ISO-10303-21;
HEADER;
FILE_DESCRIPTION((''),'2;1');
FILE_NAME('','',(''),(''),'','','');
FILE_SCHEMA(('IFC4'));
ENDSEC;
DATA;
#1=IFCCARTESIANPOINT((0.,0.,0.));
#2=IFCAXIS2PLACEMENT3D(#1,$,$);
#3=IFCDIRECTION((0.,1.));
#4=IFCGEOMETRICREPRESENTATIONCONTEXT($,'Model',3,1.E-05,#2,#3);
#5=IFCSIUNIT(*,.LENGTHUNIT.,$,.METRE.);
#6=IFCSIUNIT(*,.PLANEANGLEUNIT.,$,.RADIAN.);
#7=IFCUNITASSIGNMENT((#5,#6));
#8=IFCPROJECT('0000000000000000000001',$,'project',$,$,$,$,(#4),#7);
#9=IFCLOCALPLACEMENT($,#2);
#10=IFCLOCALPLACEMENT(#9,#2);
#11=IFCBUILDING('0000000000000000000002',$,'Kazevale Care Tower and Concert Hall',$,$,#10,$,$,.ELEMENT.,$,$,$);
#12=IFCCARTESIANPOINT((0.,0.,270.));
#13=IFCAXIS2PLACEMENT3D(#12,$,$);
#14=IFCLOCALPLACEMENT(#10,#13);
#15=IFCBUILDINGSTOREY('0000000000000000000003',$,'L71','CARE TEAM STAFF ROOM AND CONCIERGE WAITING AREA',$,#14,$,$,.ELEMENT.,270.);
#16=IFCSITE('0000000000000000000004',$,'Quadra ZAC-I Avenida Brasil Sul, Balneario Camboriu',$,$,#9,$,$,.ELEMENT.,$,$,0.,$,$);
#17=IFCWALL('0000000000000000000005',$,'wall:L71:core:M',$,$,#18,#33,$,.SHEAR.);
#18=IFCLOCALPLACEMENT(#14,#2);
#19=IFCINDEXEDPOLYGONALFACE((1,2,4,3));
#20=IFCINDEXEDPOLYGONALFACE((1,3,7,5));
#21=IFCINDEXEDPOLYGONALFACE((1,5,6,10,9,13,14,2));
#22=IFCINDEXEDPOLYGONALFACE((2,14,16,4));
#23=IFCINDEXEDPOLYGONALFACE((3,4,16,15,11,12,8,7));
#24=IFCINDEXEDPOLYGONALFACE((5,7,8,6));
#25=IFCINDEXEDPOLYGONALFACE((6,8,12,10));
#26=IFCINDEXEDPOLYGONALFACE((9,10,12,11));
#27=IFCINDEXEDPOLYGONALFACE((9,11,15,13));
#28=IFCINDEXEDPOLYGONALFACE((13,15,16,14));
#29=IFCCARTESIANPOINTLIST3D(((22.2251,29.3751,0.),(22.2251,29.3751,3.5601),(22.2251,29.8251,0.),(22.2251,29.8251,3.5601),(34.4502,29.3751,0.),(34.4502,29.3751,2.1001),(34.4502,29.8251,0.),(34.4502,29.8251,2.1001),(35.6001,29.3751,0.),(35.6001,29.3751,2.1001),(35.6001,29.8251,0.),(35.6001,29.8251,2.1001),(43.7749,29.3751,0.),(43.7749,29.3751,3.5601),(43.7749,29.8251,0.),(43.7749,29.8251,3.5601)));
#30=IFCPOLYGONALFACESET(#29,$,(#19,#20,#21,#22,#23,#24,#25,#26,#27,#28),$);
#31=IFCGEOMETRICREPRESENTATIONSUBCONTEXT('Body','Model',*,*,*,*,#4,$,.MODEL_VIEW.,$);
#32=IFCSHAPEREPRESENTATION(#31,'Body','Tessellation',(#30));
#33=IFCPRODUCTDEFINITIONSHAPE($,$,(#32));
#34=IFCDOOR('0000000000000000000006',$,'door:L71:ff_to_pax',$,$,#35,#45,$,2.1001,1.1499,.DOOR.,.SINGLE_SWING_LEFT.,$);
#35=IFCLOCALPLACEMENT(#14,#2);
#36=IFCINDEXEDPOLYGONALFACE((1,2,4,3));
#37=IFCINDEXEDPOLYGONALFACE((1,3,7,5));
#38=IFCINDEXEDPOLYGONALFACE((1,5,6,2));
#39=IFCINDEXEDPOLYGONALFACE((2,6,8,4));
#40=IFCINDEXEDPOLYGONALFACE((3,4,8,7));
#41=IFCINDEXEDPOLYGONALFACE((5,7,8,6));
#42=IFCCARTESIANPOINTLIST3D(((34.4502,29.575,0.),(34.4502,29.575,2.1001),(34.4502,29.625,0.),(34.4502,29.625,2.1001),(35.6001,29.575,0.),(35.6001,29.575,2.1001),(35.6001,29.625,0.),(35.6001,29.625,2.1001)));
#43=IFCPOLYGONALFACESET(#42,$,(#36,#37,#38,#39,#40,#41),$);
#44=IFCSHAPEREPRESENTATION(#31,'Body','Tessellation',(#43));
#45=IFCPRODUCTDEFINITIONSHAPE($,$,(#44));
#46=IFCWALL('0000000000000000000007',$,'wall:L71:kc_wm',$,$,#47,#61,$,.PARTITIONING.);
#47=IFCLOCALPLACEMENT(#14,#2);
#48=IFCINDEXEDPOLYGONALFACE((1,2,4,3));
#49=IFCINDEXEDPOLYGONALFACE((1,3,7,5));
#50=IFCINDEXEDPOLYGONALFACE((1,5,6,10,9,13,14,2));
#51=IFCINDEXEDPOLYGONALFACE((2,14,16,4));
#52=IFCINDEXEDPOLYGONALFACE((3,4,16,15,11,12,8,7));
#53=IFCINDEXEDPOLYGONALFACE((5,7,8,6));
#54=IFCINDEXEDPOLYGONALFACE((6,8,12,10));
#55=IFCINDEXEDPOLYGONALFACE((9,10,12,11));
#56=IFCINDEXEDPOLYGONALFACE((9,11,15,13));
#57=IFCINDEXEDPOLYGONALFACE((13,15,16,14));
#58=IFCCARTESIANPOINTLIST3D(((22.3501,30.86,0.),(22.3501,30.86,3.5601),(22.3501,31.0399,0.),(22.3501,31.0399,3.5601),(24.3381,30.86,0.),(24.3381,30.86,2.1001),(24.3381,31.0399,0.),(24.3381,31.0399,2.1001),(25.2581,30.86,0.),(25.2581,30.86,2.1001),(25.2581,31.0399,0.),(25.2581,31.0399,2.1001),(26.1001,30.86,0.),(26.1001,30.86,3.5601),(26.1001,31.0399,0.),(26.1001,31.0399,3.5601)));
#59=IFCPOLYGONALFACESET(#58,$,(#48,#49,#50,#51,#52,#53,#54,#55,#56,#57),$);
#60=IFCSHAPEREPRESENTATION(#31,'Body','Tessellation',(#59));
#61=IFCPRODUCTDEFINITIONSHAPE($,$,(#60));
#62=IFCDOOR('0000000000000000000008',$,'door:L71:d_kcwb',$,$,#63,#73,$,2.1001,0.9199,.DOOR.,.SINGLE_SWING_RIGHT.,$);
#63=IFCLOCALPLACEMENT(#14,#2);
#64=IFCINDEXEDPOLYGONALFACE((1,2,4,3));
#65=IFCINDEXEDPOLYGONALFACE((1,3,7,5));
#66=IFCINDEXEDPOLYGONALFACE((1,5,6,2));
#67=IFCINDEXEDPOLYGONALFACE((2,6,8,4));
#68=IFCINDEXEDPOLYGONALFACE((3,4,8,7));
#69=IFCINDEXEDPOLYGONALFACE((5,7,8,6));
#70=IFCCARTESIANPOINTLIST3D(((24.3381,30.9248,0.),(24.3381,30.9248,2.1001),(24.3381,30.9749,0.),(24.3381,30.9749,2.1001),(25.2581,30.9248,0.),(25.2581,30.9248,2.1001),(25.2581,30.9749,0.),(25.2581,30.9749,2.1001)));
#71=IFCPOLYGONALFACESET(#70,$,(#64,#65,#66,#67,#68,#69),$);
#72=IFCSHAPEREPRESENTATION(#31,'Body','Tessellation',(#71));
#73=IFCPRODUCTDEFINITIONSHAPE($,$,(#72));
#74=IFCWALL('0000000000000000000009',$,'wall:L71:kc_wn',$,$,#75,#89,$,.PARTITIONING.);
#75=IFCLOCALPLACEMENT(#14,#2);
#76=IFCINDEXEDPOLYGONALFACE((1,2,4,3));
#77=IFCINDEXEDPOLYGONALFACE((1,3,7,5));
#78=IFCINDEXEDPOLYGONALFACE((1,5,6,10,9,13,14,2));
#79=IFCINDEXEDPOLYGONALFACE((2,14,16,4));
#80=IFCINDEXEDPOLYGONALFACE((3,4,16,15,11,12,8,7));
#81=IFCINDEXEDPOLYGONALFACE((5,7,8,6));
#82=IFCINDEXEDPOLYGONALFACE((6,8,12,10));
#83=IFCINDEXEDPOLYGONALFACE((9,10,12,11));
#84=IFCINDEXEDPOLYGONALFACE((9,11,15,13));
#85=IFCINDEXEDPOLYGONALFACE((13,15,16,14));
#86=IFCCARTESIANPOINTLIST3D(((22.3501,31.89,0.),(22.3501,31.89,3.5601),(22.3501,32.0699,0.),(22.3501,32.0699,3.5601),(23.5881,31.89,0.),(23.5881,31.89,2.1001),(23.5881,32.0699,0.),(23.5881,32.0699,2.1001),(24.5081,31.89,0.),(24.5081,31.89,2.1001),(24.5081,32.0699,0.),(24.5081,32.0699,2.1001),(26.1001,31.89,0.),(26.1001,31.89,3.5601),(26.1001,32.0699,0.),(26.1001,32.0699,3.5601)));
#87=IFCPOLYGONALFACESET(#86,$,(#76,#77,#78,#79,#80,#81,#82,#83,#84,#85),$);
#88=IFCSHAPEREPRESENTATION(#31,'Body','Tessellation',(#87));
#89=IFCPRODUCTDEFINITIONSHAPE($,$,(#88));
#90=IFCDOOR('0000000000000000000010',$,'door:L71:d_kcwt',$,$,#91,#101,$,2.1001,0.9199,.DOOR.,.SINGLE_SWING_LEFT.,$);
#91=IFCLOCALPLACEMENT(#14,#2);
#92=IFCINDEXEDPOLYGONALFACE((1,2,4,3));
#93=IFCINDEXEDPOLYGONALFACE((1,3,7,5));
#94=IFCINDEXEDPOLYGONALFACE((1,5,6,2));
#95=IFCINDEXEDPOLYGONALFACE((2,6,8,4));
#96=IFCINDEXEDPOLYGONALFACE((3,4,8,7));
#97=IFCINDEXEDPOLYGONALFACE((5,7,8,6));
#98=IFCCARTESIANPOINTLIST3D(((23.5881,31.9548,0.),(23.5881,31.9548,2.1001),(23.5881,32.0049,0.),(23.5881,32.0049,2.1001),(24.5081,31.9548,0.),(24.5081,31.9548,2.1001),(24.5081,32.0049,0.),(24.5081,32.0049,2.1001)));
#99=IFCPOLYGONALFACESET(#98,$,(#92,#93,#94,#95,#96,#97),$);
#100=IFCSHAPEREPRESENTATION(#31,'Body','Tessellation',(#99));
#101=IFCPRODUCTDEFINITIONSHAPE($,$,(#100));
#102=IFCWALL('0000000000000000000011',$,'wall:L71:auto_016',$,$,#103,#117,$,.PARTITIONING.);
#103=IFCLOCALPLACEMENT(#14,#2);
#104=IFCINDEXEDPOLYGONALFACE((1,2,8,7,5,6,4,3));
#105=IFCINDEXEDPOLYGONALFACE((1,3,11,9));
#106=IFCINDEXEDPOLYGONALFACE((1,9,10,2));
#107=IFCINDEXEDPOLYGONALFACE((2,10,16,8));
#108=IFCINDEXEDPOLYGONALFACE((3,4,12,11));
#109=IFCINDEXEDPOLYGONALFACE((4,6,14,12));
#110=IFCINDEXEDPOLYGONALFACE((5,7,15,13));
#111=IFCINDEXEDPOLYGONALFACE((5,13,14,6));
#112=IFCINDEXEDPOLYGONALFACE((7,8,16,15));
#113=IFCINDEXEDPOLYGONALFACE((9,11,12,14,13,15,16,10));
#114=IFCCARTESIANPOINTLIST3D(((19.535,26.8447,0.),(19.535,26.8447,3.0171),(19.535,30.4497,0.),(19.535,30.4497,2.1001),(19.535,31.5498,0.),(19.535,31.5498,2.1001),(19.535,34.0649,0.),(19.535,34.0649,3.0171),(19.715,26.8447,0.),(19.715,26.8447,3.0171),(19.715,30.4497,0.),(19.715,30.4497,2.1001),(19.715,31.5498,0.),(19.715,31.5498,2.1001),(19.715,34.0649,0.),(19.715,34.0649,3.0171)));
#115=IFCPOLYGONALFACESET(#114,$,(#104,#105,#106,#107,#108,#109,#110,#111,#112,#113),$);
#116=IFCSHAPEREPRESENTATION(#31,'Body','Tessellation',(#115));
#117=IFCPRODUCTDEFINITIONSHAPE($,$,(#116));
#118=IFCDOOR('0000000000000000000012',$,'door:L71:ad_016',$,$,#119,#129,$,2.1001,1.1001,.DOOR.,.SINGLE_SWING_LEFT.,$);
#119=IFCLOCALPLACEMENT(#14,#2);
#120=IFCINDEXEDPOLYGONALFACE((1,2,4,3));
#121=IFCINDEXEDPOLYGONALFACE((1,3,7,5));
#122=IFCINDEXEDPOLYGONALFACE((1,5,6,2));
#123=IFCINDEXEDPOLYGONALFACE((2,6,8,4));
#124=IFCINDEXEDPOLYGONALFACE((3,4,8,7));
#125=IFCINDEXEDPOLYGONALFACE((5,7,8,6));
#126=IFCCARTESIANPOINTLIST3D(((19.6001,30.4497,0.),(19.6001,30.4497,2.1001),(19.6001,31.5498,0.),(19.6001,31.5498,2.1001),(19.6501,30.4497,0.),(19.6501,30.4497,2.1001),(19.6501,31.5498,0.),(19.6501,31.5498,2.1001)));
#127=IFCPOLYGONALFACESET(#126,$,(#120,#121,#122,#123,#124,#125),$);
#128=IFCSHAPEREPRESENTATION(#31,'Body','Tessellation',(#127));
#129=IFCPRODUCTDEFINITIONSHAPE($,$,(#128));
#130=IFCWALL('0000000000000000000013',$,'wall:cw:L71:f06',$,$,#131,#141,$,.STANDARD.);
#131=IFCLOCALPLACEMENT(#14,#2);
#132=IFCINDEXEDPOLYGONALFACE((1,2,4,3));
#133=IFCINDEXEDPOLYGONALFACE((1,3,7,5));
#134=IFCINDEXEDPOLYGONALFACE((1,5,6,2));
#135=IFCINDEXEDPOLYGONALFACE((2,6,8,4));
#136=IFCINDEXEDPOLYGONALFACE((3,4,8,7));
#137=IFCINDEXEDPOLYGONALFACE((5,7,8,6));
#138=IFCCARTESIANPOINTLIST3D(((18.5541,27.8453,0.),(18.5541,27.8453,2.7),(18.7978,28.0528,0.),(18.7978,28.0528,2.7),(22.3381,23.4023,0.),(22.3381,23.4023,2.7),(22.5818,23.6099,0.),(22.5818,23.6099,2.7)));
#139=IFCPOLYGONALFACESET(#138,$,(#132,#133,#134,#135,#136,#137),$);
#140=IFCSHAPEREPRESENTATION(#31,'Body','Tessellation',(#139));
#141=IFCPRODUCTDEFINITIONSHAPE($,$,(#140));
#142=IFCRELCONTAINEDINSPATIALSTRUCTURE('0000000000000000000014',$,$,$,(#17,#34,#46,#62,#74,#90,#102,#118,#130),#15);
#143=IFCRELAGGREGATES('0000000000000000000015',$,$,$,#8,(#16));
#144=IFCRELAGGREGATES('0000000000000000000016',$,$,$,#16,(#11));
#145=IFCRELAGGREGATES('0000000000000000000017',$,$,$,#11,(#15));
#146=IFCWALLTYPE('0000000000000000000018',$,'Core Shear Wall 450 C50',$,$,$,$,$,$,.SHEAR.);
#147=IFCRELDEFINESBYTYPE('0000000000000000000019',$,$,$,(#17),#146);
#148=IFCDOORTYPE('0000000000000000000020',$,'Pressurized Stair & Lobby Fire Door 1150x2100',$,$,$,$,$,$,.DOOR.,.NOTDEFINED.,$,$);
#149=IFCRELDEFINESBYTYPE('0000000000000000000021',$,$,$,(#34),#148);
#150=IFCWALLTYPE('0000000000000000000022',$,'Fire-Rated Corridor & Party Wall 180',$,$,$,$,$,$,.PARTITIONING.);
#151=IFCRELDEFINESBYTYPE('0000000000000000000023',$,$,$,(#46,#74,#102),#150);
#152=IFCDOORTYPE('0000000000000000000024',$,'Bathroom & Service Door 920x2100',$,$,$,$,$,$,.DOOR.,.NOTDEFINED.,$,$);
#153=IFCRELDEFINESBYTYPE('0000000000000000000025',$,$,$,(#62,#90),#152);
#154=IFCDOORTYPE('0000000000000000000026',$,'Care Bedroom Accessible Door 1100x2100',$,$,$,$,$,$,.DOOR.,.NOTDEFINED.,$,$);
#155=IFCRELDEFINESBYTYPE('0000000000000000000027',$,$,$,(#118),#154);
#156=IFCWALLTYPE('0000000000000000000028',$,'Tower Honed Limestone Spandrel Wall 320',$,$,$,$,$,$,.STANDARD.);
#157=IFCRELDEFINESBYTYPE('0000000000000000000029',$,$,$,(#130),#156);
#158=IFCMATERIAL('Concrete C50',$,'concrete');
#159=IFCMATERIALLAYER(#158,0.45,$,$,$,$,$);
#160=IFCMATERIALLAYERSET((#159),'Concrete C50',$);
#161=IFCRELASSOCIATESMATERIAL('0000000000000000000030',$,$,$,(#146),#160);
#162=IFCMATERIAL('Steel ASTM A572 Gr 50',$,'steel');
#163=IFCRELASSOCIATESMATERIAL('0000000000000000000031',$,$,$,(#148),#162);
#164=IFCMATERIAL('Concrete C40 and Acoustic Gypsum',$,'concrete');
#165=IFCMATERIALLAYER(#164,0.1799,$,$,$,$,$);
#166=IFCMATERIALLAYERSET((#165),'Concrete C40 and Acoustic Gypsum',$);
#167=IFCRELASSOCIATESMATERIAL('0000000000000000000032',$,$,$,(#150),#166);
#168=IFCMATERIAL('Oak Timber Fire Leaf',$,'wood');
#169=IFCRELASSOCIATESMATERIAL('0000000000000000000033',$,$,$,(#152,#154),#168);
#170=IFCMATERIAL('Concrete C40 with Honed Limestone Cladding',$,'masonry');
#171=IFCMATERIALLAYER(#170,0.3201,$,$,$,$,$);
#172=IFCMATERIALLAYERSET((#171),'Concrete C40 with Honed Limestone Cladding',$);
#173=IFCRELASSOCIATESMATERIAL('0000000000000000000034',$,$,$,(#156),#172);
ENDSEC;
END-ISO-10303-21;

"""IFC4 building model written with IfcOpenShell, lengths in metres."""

from ifc_helpers import new_model, si_unit, direction, frame, frame_2d, origin, place, context, subcontext, project, spatial, rectangle, extrude, material, layer, layer_set, type_object, element, fill, save


model = new_model("IFC4")

# Units and contexts
model_context = context("Model", 3, precision=1e-05, world=origin(), true_north=direction((0.0, 1.0)))
body_context = subcontext(model_context, "Body", "Model", "MODEL_VIEW")
ifc_project = project(units=[si_unit("LENGTHUNIT", "METRE"), si_unit("PLANEANGLEUNIT", "RADIAN")], contexts=[model_context])

# Site, building, storey
site_placement = place(None, origin())
site = spatial("IfcSite", under=ifc_project, at=site_placement, Name="Quadra ZAC-I Avenida Brasil Sul, Balneario Camboriu", CompositionType="ELEMENT", RefElevation=0.0)
building_placement = place(site_placement, origin())
building = spatial("IfcBuilding", under=site, at=building_placement, Name="Kazevale Care Tower and Concert Hall", CompositionType="ELEMENT")
storey_placement = place(building_placement, frame((0.0, 0.0, 270.0)))
storey = spatial("IfcBuildingStorey", under=building, at=storey_placement, Name="L71", Description="CARE TEAM STAFF ROOM AND CONCIERGE WAITING AREA", CompositionType="ELEMENT", Elevation=270.0)

# Shared definitions
ifc_material_1 = material(Name="Concrete C50", Category="concrete")

# Shared definitions
ifc_material_2 = material(Name="Steel ASTM A572 Gr 50", Category="steel")

# Shared definitions
ifc_layer_1 = layer(ifc_material_1, 0.45)
ifc_layer_set_1 = layer_set([ifc_layer_1], Name="Concrete C50")
wall_type_1 = type_object("IfcWallType", Name="Core Shear Wall 450 C50", PredefinedType="SHEAR", material=ifc_layer_set_1)

# Walls, openings, doors
wall_1_placement = place(storey_placement, frame((22.2251, 29.6001, 0.0), z_axis=(0.0, 0.0, 1.0), x_axis=(1.0, 0.0, 0.0)))
wall_1 = element("IfcWall", 1, at=wall_1_placement, inside=storey, type_object=wall_type_1, Name="wall:L71:core:M", PredefinedType="SHEAR", context=body_context, shape_type="SweptSolid", body=[
    extrude(rectangle(XDim=21.5498, YDim=0.45, at=frame_2d((10.7749, 0.0))), origin(), (0.0, 0.0, 1.0), 3.5601),
])
opening_1_placement = place(wall_1_placement, frame((12.2251, 0.0, 0.0)))
opening_1 = element("IfcOpeningElement", 2, at=opening_1_placement, cuts=wall_1, PredefinedType="OPENING", context=body_context, shape_type="SweptSolid", body=[
    extrude(rectangle(XDim=1.1499, YDim=2.1001, at=frame_2d((0.575, 1.05))), frame((0.0, 0.2349, 0.0), z_axis=(0.0, -1.0, 0.0), x_axis=(1.0, 0.0, 0.0)), (0.0, 0.0, 1.0), 0.47),
])
door_type_1 = type_object("IfcDoorType", Name="Pressurized Stair & Lobby Fire Door 1150x2100", OperationType="NOTDEFINED", PredefinedType="DOOR", material=ifc_material_2)
door_1_placement = place(opening_1_placement, origin())
door_1 = element("IfcDoor", 3, at=door_1_placement, inside=storey, type_object=door_type_1, Name="door:L71:ff_to_pax", OperationType="SINGLE_SWING_LEFT", OverallHeight=2.1001, OverallWidth=1.1499, PredefinedType="DOOR", context=body_context, shape_type="SweptSolid", body=[
    extrude(rectangle(XDim=1.1499, YDim=2.1001, at=frame_2d((0.575, 1.05))), frame((0.0, 0.0249, 0.0), z_axis=(0.0, -1.0, 0.0), x_axis=(1.0, 0.0, 0.0)), (0.0, 0.0, 1.0), 0.05),
])
fill(opening_1, door_1)
ifc_material_3 = material(Name="Concrete C40 and Acoustic Gypsum", Category="concrete")
ifc_layer_2 = layer(ifc_material_3, 0.1799)
ifc_layer_set_2 = layer_set([ifc_layer_2], Name="Concrete C40 and Acoustic Gypsum")
wall_type_2 = type_object("IfcWallType", Name="Fire-Rated Corridor & Party Wall 180", PredefinedType="PARTITIONING", material=ifc_layer_set_2)
wall_2_placement = place(storey_placement, frame((22.3501, 30.95, 0.0), z_axis=(0.0, 0.0, 1.0), x_axis=(1.0, 0.0, 0.0)))
wall_2 = element("IfcWall", 4, at=wall_2_placement, inside=storey, type_object=wall_type_2, Name="wall:L71:kc_wm", PredefinedType="PARTITIONING", context=body_context, shape_type="SweptSolid", body=[
    extrude(rectangle(XDim=3.75, YDim=0.1799, at=frame_2d((1.875, 0.0))), origin(), (0.0, 0.0, 1.0), 3.5601),
])
opening_2_placement = place(wall_2_placement, frame((1.988, 0.0, 0.0)))
opening_2 = element("IfcOpeningElement", 5, at=opening_2_placement, cuts=wall_2, PredefinedType="OPENING", context=body_context, shape_type="SweptSolid", body=[
    extrude(rectangle(XDim=0.9199, YDim=2.1001, at=frame_2d((0.46, 1.05))), frame((0.0, 0.0999, 0.0), z_axis=(0.0, -1.0, 0.0), x_axis=(1.0, 0.0, 0.0)), (0.0, 0.0, 1.0), 0.2),
])
ifc_material_4 = material(Name="Oak Timber Fire Leaf", Category="wood")
door_type_2 = type_object("IfcDoorType", Name="Bathroom & Service Door 920x2100", OperationType="NOTDEFINED", PredefinedType="DOOR", material=ifc_material_4)
door_2_placement = place(opening_2_placement, origin())
door_2 = element("IfcDoor", 6, at=door_2_placement, inside=storey, type_object=door_type_2, Name="door:L71:d_kcwb", OperationType="SINGLE_SWING_RIGHT", OverallHeight=2.1001, OverallWidth=0.9199, PredefinedType="DOOR", context=body_context, shape_type="SweptSolid", body=[
    extrude(rectangle(XDim=0.9199, YDim=2.1001, at=frame_2d((0.46, 1.05))), frame((0.0, 0.0249, 0.0), z_axis=(0.0, -1.0, 0.0), x_axis=(1.0, 0.0, 0.0)), (0.0, 0.0, 1.0), 0.05),
])
fill(opening_2, door_2)
wall_3_placement = place(storey_placement, frame((22.3501, 31.98, 0.0), z_axis=(0.0, 0.0, 1.0), x_axis=(1.0, 0.0, 0.0)))
wall_3 = element("IfcWall", 7, at=wall_3_placement, inside=storey, type_object=wall_type_2, Name="wall:L71:kc_wn", PredefinedType="PARTITIONING", context=body_context, shape_type="SweptSolid", body=[
    extrude(rectangle(XDim=3.75, YDim=0.1799, at=frame_2d((1.875, 0.0))), origin(), (0.0, 0.0, 1.0), 3.5601),
])
opening_3_placement = place(wall_3_placement, frame((1.238, 0.0, 0.0)))
opening_3 = element("IfcOpeningElement", 8, at=opening_3_placement, cuts=wall_3, PredefinedType="OPENING", context=body_context, shape_type="SweptSolid", body=[
    extrude(rectangle(XDim=0.9199, YDim=2.1001, at=frame_2d((0.46, 1.05))), frame((0.0, 0.0999, 0.0), z_axis=(0.0, -1.0, 0.0), x_axis=(1.0, 0.0, 0.0)), (0.0, 0.0, 1.0), 0.2),
])
door_3_placement = place(opening_3_placement, origin())
door_3 = element("IfcDoor", 9, at=door_3_placement, inside=storey, type_object=door_type_2, Name="door:L71:d_kcwt", OperationType="SINGLE_SWING_LEFT", OverallHeight=2.1001, OverallWidth=0.9199, PredefinedType="DOOR", context=body_context, shape_type="SweptSolid", body=[
    extrude(rectangle(XDim=0.9199, YDim=2.1001, at=frame_2d((0.46, 1.05))), frame((0.0, 0.0249, 0.0), z_axis=(0.0, -1.0, 0.0), x_axis=(1.0, 0.0, 0.0)), (0.0, 0.0, 1.0), 0.05),
])
fill(opening_3, door_3)
wall_4_placement = place(storey_placement, frame((19.625, 26.8447, 0.0), z_axis=(0.0, 0.0, 1.0), x_axis=(0.0, 1.0, 0.0)))
wall_4 = element("IfcWall", 10, at=wall_4_placement, inside=storey, type_object=wall_type_2, Name="wall:L71:auto_016", PredefinedType="PARTITIONING", context=body_context, shape_type="SweptSolid", body=[
    extrude(rectangle(XDim=7.2202, YDim=0.1799, at=frame_2d((3.6101, 0.0))), origin(), (0.0, 0.0, 1.0), 3.0171),
])
opening_4_placement = place(wall_4_placement, frame((3.605, 0.0, 0.0)))
opening_4 = element("IfcOpeningElement", 11, at=opening_4_placement, cuts=wall_4, PredefinedType="OPENING", context=body_context, shape_type="SweptSolid", body=[
    extrude(rectangle(XDim=1.1001, YDim=2.1001, at=frame_2d((0.55, 1.05))), frame((0.0, 0.0999, 0.0), z_axis=(0.0, -1.0, 0.0), x_axis=(1.0, 0.0, 0.0)), (0.0, 0.0, 1.0), 0.2),
])
door_type_3 = type_object("IfcDoorType", Name="Care Bedroom Accessible Door 1100x2100", OperationType="NOTDEFINED", PredefinedType="DOOR", material=ifc_material_4)
door_4_placement = place(opening_4_placement, origin())
door_4 = element("IfcDoor", 12, at=door_4_placement, inside=storey, type_object=door_type_3, Name="door:L71:ad_016", OperationType="SINGLE_SWING_LEFT", OverallHeight=2.1001, OverallWidth=1.1001, PredefinedType="DOOR", context=body_context, shape_type="SweptSolid", body=[
    extrude(rectangle(XDim=1.1001, YDim=2.1001, at=frame_2d((0.55, 1.05))), frame((0.0, 0.0249, 0.0), z_axis=(0.0, -1.0, 0.0), x_axis=(1.0, 0.0, 0.0)), (0.0, 0.0, 1.0), 0.05),
])
fill(opening_4, door_4)

# Wall
ifc_material_5 = material(Name="Concrete C40 with Honed Limestone Cladding", Category="masonry")
ifc_layer_3 = layer(ifc_material_5, 0.3201)
ifc_layer_set_3 = layer_set([ifc_layer_3], Name="Concrete C40 with Honed Limestone Cladding")
wall_type_3 = type_object("IfcWallType", Name="Tower Honed Limestone Spandrel Wall 320", PredefinedType="STANDARD", material=ifc_layer_set_3)
wall_5_placement = place(storey_placement, frame((22.46, 23.5061, 0.0), z_axis=(0.0, 0.0, 1.0), x_axis=(-0.648394, 0.761305, 0.0)))
element("IfcWall", 13, at=wall_5_placement, inside=storey, type_object=wall_type_3, Name="wall:cw:L71:f06", PredefinedType="STANDARD", context=body_context, shape_type="SweptSolid", body=[
    extrude(rectangle(XDim=5.8359, YDim=0.3201, at=frame_2d((2.918, 0.0))), origin(), (0.0, 0.0, 1.0), 2.7),
])

save(model, "model.ifc")
